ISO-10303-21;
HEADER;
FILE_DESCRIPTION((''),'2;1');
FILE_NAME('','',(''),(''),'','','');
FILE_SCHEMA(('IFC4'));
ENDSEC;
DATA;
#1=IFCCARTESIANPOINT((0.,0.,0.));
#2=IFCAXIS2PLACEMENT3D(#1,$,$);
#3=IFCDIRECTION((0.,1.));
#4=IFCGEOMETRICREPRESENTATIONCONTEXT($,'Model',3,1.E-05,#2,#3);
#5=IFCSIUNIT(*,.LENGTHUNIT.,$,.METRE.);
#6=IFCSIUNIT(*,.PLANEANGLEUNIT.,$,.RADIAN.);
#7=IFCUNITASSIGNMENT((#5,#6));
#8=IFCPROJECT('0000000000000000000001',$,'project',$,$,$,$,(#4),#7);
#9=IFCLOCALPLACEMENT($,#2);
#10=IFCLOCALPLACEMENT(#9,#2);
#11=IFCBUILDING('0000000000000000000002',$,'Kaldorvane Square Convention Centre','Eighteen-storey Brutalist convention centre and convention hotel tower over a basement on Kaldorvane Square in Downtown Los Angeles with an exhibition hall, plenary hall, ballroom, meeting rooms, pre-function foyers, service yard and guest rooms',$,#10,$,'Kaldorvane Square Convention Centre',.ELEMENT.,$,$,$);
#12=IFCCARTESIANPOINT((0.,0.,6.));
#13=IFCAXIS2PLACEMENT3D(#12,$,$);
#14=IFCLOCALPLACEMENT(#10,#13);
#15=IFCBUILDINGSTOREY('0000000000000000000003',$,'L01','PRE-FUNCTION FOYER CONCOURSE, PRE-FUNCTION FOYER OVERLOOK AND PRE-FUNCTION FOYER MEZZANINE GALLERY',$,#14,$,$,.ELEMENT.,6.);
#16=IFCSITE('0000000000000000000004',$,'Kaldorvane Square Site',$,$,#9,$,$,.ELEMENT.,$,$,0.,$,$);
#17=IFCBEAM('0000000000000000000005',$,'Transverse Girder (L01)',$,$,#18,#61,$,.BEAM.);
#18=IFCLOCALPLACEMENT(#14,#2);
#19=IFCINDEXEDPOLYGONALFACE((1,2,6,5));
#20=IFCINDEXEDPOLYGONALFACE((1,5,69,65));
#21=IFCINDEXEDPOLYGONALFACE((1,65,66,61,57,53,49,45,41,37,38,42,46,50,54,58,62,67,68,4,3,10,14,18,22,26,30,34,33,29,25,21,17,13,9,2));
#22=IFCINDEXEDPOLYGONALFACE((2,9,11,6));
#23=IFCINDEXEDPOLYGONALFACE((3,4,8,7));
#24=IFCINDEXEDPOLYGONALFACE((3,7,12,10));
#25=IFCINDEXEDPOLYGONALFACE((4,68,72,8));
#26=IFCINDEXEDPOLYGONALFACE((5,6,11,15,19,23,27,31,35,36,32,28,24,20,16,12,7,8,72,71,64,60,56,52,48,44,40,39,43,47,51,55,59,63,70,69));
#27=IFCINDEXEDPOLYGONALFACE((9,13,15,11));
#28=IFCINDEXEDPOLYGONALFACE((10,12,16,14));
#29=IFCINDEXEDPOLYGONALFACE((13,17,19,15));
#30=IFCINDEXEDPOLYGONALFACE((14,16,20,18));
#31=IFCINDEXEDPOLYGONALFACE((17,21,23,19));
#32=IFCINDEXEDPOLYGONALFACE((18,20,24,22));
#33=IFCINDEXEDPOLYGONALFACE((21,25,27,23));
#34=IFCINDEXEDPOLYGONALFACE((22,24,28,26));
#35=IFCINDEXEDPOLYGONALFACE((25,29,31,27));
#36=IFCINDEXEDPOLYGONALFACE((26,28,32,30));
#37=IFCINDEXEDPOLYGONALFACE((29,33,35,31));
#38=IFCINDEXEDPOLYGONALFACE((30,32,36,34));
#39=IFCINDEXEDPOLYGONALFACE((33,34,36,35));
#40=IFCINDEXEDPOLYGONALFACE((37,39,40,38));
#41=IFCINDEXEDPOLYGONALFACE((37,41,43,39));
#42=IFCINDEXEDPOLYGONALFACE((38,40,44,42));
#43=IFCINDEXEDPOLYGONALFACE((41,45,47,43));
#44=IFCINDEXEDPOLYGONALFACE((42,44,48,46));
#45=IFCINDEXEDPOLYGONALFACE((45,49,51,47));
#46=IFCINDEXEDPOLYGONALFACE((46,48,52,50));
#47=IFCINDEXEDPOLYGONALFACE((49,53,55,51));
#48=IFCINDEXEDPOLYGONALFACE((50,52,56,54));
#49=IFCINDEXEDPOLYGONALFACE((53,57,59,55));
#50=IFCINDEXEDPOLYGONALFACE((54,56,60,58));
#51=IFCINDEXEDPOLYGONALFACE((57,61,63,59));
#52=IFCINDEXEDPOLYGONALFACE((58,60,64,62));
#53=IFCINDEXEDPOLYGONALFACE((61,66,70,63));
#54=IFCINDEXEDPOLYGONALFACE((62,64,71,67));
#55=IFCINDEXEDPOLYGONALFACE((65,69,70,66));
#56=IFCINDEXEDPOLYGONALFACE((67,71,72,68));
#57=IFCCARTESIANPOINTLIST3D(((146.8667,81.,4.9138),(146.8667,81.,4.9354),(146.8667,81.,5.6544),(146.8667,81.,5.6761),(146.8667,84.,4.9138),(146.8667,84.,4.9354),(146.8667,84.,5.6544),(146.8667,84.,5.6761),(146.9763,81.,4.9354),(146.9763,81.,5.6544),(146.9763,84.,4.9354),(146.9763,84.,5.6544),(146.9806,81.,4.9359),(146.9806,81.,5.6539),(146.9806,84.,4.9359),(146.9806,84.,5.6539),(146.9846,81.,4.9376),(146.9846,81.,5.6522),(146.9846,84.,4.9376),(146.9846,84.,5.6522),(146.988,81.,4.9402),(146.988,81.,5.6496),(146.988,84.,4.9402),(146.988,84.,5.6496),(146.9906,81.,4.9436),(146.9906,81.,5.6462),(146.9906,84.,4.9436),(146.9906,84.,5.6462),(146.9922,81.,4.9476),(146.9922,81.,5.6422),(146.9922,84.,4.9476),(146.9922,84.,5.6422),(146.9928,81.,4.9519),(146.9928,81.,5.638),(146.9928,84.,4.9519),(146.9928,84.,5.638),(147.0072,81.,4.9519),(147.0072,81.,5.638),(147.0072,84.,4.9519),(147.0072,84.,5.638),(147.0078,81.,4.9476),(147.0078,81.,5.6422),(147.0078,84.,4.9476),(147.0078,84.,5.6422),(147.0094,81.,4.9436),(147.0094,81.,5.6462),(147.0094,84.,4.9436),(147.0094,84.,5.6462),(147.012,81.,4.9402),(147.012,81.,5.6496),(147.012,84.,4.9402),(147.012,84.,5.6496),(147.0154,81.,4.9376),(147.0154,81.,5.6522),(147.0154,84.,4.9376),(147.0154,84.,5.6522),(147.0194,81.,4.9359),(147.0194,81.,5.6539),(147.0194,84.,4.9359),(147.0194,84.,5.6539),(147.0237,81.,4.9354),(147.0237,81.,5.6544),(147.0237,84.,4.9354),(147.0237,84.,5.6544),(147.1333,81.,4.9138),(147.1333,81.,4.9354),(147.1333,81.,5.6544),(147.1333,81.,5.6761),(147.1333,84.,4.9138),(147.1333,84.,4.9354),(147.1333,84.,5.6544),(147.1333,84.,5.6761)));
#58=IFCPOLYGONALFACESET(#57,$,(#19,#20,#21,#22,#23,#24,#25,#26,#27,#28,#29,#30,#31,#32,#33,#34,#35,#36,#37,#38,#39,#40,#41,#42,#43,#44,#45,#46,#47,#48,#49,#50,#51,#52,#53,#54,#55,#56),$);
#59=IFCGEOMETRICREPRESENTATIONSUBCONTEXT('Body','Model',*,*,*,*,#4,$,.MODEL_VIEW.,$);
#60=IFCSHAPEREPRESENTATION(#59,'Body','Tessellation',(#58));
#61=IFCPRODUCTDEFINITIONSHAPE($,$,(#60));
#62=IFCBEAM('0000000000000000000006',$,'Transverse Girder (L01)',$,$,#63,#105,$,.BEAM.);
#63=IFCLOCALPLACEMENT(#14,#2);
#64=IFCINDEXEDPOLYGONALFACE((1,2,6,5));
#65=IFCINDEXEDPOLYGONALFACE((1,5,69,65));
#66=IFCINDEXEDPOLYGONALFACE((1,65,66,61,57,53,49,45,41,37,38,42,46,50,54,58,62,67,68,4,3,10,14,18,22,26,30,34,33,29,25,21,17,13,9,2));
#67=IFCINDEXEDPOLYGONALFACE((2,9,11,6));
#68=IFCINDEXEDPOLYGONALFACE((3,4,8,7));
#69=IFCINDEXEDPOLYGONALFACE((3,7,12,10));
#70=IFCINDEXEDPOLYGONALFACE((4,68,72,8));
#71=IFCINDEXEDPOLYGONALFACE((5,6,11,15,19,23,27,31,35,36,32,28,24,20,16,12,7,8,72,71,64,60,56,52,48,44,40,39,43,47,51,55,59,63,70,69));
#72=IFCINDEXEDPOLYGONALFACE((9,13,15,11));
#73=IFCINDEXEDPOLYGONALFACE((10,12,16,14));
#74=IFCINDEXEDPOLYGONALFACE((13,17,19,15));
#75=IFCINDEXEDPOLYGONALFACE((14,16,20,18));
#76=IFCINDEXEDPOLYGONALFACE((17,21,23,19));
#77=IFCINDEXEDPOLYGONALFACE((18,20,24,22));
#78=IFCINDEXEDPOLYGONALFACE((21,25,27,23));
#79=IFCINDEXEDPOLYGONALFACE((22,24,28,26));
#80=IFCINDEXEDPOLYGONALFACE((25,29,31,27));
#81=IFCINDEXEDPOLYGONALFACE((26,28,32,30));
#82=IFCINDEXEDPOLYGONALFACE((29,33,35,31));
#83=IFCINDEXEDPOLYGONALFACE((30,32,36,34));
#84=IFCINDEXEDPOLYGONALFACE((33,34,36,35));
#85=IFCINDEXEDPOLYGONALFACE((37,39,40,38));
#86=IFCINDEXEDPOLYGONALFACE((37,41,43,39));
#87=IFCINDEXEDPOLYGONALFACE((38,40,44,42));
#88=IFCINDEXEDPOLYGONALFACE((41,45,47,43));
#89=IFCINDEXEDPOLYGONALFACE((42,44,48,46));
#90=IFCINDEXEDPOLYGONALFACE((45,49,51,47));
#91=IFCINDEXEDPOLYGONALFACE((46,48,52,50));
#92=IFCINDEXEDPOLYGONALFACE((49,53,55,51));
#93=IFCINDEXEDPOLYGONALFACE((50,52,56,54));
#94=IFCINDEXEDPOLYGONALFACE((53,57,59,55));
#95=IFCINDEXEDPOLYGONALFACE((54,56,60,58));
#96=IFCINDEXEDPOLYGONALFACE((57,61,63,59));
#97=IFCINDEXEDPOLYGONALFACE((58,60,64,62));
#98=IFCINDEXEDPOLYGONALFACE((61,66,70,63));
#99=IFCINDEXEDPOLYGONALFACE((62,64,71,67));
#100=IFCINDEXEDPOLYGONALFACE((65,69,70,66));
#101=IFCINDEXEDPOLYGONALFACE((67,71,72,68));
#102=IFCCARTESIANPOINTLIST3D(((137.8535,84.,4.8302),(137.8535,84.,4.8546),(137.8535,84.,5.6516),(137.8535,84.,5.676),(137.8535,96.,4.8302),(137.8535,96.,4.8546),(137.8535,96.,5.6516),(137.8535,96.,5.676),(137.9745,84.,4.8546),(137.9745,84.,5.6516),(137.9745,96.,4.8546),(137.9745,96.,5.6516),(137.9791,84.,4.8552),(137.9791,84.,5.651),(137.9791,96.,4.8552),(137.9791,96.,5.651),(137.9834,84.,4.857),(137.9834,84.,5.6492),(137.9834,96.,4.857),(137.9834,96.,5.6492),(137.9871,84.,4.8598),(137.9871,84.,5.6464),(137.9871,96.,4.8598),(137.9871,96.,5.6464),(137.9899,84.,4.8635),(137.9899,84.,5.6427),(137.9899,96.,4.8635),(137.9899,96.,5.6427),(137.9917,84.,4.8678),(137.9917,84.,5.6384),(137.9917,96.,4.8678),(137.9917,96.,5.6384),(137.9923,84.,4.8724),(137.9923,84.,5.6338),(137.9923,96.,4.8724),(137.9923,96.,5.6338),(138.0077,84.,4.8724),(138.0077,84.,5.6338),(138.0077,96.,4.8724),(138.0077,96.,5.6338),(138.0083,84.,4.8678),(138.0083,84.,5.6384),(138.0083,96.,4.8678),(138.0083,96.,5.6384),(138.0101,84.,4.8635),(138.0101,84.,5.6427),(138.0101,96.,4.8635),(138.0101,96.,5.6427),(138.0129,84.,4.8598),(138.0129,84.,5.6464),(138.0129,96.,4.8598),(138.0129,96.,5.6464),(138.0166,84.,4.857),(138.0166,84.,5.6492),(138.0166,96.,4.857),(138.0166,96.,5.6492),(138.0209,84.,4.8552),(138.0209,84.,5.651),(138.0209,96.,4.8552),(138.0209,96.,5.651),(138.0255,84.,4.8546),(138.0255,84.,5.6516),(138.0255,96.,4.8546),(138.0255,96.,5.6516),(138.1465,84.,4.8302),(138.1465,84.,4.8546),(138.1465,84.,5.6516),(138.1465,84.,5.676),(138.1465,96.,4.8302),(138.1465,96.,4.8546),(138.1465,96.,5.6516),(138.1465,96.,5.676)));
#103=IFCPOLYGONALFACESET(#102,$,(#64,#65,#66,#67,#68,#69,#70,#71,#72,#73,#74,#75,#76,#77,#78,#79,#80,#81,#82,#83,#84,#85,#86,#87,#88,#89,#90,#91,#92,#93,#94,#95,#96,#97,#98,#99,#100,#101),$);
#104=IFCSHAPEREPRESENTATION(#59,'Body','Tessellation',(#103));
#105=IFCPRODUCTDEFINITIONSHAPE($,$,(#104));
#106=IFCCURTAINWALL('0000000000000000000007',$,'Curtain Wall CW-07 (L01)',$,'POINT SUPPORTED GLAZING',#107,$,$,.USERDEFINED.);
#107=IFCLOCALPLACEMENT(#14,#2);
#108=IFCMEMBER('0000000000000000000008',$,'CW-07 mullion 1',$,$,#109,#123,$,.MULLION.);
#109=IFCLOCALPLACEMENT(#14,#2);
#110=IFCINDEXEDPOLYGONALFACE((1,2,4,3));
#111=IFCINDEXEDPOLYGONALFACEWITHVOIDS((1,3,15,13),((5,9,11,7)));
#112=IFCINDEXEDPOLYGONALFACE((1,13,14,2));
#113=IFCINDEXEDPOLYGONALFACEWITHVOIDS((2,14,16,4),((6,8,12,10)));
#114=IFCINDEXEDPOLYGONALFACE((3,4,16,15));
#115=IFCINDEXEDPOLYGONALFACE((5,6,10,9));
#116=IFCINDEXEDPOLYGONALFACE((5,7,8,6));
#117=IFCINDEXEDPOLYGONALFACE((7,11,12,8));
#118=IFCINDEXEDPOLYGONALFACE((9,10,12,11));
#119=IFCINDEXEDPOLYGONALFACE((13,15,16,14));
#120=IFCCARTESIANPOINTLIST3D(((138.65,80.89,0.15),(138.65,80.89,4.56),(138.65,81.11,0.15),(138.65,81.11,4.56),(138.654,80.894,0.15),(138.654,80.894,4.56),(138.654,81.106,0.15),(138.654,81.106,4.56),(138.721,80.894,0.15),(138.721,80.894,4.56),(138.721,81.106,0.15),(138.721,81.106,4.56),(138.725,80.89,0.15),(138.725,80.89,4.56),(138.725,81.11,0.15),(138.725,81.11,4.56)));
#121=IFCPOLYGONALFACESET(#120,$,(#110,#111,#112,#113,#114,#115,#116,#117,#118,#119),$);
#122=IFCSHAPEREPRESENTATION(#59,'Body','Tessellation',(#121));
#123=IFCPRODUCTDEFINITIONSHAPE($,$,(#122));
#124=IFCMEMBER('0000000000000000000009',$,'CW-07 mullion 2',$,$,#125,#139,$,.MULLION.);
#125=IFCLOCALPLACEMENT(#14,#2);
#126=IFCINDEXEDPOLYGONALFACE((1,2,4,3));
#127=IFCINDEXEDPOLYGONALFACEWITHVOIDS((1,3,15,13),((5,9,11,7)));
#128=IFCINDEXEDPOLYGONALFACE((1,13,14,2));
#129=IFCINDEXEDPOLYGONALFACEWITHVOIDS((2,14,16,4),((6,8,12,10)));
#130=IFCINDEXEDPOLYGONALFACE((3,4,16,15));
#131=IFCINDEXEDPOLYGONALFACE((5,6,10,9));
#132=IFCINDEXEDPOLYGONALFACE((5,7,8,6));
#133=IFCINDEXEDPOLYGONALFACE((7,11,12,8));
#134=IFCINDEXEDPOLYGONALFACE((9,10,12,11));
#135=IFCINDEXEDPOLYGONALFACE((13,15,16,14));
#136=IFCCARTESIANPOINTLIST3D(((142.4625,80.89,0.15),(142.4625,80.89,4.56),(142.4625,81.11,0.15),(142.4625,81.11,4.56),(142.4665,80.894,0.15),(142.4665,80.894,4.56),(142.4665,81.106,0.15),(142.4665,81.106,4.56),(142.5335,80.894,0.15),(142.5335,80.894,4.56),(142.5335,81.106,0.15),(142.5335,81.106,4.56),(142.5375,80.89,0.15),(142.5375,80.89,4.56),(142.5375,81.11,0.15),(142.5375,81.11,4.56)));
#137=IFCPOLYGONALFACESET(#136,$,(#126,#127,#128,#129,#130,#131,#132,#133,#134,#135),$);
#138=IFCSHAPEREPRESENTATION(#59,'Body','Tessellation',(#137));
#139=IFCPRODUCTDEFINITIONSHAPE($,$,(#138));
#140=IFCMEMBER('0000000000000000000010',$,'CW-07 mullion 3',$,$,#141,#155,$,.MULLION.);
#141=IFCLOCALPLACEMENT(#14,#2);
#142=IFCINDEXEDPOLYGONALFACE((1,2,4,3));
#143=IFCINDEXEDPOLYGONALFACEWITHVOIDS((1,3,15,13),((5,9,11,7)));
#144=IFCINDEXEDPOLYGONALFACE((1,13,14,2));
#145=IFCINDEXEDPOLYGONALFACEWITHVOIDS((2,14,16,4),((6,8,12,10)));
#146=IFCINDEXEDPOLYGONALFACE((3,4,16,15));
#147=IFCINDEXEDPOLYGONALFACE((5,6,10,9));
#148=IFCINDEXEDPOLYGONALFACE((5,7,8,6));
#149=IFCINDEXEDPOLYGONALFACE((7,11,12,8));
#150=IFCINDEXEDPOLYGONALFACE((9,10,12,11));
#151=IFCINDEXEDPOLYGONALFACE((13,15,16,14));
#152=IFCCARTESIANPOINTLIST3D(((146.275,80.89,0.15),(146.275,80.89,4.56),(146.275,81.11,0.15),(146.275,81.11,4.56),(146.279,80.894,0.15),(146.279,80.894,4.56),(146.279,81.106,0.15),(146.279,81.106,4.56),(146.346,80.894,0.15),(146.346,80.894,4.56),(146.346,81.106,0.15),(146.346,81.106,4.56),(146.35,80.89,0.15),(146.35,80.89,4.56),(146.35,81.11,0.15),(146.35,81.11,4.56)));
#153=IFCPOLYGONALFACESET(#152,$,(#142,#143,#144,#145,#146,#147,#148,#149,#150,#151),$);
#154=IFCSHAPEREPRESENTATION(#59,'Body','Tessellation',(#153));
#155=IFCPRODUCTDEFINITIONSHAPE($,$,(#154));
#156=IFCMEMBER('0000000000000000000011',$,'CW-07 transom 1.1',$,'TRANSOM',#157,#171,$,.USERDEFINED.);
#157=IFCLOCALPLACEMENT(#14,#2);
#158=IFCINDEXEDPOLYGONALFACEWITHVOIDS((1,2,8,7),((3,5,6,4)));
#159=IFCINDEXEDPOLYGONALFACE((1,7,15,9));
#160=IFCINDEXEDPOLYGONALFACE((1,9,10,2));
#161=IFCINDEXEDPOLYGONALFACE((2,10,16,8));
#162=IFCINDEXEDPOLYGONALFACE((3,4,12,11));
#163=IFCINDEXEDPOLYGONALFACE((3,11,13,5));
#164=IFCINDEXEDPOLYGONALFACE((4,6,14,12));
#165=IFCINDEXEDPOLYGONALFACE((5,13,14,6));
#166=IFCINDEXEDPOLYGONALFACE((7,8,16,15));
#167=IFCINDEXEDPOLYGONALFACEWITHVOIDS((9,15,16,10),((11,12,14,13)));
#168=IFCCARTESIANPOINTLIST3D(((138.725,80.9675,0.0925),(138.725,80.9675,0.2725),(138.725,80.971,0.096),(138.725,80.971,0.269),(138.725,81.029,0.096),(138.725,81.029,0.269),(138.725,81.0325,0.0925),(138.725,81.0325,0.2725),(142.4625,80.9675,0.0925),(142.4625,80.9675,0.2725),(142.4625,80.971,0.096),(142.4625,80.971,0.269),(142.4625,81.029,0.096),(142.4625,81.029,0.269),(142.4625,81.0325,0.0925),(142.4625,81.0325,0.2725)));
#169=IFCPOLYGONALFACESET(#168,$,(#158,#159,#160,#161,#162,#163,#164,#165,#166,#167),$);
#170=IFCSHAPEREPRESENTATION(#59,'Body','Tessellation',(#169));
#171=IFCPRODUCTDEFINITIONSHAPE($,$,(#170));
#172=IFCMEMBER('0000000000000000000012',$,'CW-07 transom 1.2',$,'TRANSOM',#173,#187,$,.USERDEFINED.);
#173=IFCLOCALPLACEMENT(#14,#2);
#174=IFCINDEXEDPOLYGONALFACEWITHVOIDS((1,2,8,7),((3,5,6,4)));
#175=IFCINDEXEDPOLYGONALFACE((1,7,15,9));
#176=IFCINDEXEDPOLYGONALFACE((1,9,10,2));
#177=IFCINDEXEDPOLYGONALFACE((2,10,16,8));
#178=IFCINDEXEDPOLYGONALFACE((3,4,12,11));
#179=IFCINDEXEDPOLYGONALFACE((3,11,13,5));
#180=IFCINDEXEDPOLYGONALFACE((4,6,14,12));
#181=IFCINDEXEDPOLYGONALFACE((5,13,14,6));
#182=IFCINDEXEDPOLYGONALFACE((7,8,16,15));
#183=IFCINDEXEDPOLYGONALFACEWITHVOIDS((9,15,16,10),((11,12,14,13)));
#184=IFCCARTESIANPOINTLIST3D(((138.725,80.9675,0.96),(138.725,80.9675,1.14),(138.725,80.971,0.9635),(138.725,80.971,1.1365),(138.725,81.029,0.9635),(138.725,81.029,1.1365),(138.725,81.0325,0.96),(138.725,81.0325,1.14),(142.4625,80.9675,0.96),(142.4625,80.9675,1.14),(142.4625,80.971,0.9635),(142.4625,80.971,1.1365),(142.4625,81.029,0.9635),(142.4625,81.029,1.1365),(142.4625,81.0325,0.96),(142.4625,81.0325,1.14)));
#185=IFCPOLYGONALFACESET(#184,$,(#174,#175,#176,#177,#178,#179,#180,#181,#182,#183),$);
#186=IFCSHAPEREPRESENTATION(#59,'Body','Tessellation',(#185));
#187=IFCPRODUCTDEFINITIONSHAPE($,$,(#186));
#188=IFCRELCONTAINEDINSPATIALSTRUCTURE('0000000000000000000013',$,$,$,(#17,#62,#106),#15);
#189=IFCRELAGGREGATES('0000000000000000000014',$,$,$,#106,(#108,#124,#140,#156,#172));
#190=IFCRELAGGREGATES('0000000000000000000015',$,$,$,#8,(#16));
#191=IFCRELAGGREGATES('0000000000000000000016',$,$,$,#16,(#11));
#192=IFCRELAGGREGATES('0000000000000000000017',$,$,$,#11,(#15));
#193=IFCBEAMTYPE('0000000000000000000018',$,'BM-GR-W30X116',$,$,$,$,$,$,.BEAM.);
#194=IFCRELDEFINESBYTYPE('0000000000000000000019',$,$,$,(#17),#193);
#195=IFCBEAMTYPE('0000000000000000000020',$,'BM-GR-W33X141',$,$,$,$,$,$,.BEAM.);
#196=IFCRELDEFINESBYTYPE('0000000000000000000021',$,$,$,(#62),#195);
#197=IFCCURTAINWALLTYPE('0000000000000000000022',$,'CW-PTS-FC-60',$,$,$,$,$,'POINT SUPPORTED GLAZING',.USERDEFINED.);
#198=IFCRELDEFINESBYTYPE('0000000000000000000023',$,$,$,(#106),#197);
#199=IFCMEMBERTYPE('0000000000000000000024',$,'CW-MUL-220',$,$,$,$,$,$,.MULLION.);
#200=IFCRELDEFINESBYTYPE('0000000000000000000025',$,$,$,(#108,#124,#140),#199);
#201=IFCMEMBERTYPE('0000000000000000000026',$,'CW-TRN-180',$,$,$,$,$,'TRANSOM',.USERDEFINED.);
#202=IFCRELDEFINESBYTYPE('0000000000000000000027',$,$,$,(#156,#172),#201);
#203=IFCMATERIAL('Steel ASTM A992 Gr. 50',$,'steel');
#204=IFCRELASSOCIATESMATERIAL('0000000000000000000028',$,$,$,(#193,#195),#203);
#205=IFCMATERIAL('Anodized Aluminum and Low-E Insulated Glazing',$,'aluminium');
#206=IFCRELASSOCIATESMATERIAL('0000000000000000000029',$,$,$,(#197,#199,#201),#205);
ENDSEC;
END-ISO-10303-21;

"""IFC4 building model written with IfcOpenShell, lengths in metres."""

from ifc_helpers import new_model, si_unit, direction, frame, origin, origin_2d, place, context, subcontext, project, spatial, hollow_rectangle, i_section, extrude, material, material_profile, profile_set, type_object, element, aggregate, save


model = new_model("IFC4")

# Units and contexts
model_context = context("Model", 3, precision=1e-05, world=origin(), true_north=direction((0.0, 1.0)))
body_context = subcontext(model_context, "Body", "Model", "MODEL_VIEW")
ifc_project = project(units=[si_unit("LENGTHUNIT", "METRE"), si_unit("PLANEANGLEUNIT", "RADIAN")], contexts=[model_context])

# Site, building, storey
site_placement = place(None, origin())
site = spatial("IfcSite", under=ifc_project, at=site_placement, Name="Kaldorvane Square Site", CompositionType="ELEMENT", RefElevation=0.0)
building_placement = place(site_placement, origin())
building = spatial("IfcBuilding", under=site, at=building_placement, Name="Kaldorvane Square Convention Centre", Description="Eighteen-storey Brutalist convention centre and convention hotel tower over a basement on Kaldorvane Square in Downtown Los Angeles with an exhibition hall, plenary hall, ballroom, meeting rooms, pre-function foyers, service yard and guest rooms", LongName="Kaldorvane Square Convention Centre", CompositionType="ELEMENT")
storey_placement = place(building_placement, frame((0.0, 0.0, 6.0)))
storey = spatial("IfcBuildingStorey", under=building, at=storey_placement, Name="L01", Description="PRE-FUNCTION FOYER CONCOURSE, PRE-FUNCTION FOYER OVERLOOK AND PRE-FUNCTION FOYER MEZZANINE GALLERY", CompositionType="ELEMENT", Elevation=6.0)

# Shared definitions
ifc_material_1 = material(Name="Steel ASTM A992 Gr. 50", Category="steel")

# Beams
ifc_material_profile_1 = material_profile(ifc_material_1, i_section(OverallWidth=0.2666, OverallDepth=0.7623, WebThickness=0.0144, FlangeThickness=0.0216, FilletRadius=0.0165, at=origin_2d()), Name="W30X116")
ifc_profile_set_1 = profile_set([ifc_material_profile_1], Name="Steel ASTM A992 Gr. 50")
beam_type_1 = type_object("IfcBeamType", Name="BM-GR-W30X116", PredefinedType="BEAM", material=ifc_profile_set_1)
beam_1_placement = place(storey_placement, frame((147.0, 81.0, 5.2949), z_axis=(0.0, 1.0, 0.0), x_axis=(-1.0, 0.0, 0.0)))
element("IfcBeam", 1, at=beam_1_placement, inside=storey, type_object=beam_type_1, Name="Transverse Girder (L01)", PredefinedType="BEAM", context=body_context, shape_type="SweptSolid", body=[
    extrude(i_section(OverallWidth=0.2666, OverallDepth=0.7623, WebThickness=0.0144, FlangeThickness=0.0216, FilletRadius=0.0165, at=origin_2d()), origin(), (0.0, 0.0, 1.0), 3.0),
])
ifc_material_profile_2 = material_profile(ifc_material_1, i_section(OverallWidth=0.293, OverallDepth=0.8458, WebThickness=0.0154, FlangeThickness=0.0244, FilletRadius=0.0178, at=origin_2d()), Name="W33X141")
ifc_profile_set_2 = profile_set([ifc_material_profile_2], Name="Steel ASTM A992 Gr. 50")
beam_type_2 = type_object("IfcBeamType", Name="BM-GR-W33X141", PredefinedType="BEAM", material=ifc_profile_set_2)
beam_2_placement = place(storey_placement, frame((138.0, 84.0, 5.2531), z_axis=(0.0, 1.0, 0.0), x_axis=(-1.0, 0.0, 0.0)))
element("IfcBeam", 2, at=beam_2_placement, inside=storey, type_object=beam_type_2, Name="Transverse Girder (L01)", PredefinedType="BEAM", context=body_context, shape_type="SweptSolid", body=[
    extrude(i_section(OverallWidth=0.293, OverallDepth=0.8458, WebThickness=0.0154, FlangeThickness=0.0244, FilletRadius=0.0178, at=origin_2d()), origin(), (0.0, 0.0, 1.0), 12.0),
])

# Curtain wall, members
ifc_material_2 = material(Name="Anodized Aluminum and Low-E Insulated Glazing", Category="aluminium")
curtain_wall_type = type_object("IfcCurtainWallType", Name="CW-PTS-FC-60", ElementType="POINT SUPPORTED GLAZING", PredefinedType="USERDEFINED", material=ifc_material_2)
curtain_wall_placement = place(storey_placement, origin())
curtain_wall = element("IfcCurtainWall", 3, at=curtain_wall_placement, inside=storey, type_object=curtain_wall_type, Name="Curtain Wall CW-07 (L01)", ObjectType="POINT SUPPORTED GLAZING", PredefinedType="USERDEFINED")
ifc_material_profile_3 = material_profile(ifc_material_2, hollow_rectangle(XDim=0.075, YDim=0.22, WallThickness=0.004, at=origin_2d()), Name="CWM-220X75")
ifc_profile_set_3 = profile_set([ifc_material_profile_3], Name="Anodized Aluminum and Low-E Insulated Glazing")
member_type_1 = type_object("IfcMemberType", Name="CW-MUL-220", PredefinedType="MULLION", material=ifc_profile_set_3)
member_1_placement = place(storey_placement, frame((138.6875, 81.0, 0.15), z_axis=(0.0, 0.0, 1.0), x_axis=(1.0, 0.0, 0.0)))
member_1 = element("IfcMember", 4, at=member_1_placement, type_object=member_type_1, Name="CW-07 mullion 1", PredefinedType="MULLION", context=body_context, shape_type="SweptSolid", body=[
    extrude(hollow_rectangle(XDim=0.075, YDim=0.22, WallThickness=0.004, at=origin_2d()), origin(), (0.0, 0.0, 1.0), 4.41),
])
member_2_placement = place(storey_placement, frame((142.5, 81.0, 0.15), z_axis=(0.0, 0.0, 1.0), x_axis=(1.0, 0.0, 0.0)))
member_2 = element("IfcMember", 5, at=member_2_placement, type_object=member_type_1, Name="CW-07 mullion 2", PredefinedType="MULLION", context=body_context, shape_type="SweptSolid", body=[
    extrude(hollow_rectangle(XDim=0.075, YDim=0.22, WallThickness=0.004, at=origin_2d()), origin(), (0.0, 0.0, 1.0), 4.41),
])
member_3_placement = place(storey_placement, frame((146.3125, 81.0, 0.15), z_axis=(0.0, 0.0, 1.0), x_axis=(1.0, 0.0, 0.0)))
member_3 = element("IfcMember", 6, at=member_3_placement, type_object=member_type_1, Name="CW-07 mullion 3", PredefinedType="MULLION", context=body_context, shape_type="SweptSolid", body=[
    extrude(hollow_rectangle(XDim=0.075, YDim=0.22, WallThickness=0.004, at=origin_2d()), origin(), (0.0, 0.0, 1.0), 4.41),
])
ifc_material_profile_4 = material_profile(ifc_material_2, hollow_rectangle(XDim=0.065, YDim=0.18, WallThickness=0.0035, at=origin_2d()), Name="CWT-180X65")
ifc_profile_set_4 = profile_set([ifc_material_profile_4], Name="Anodized Aluminum and Low-E Insulated Glazing")
member_type_2 = type_object("IfcMemberType", Name="CW-TRN-180", ElementType="TRANSOM", PredefinedType="USERDEFINED", material=ifc_profile_set_4)
member_4_placement = place(storey_placement, frame((138.725, 81.0, 0.1825), z_axis=(1.0, 0.0, 0.0), x_axis=(0.0, 1.0, 0.0)))
member_4 = element("IfcMember", 7, at=member_4_placement, type_object=member_type_2, Name="CW-07 transom 1.1", ObjectType="TRANSOM", PredefinedType="USERDEFINED", context=body_context, shape_type="SweptSolid", body=[
    extrude(hollow_rectangle(XDim=0.065, YDim=0.18, WallThickness=0.0035, at=origin_2d()), origin(), (0.0, 0.0, 1.0), 3.7375),
])
member_5_placement = place(storey_placement, frame((138.725, 81.0, 1.05), z_axis=(1.0, 0.0, 0.0), x_axis=(0.0, 1.0, 0.0)))
member_5 = element("IfcMember", 8, at=member_5_placement, type_object=member_type_2, Name="CW-07 transom 1.2", ObjectType="TRANSOM", PredefinedType="USERDEFINED", context=body_context, shape_type="SweptSolid", body=[
    extrude(hollow_rectangle(XDim=0.065, YDim=0.18, WallThickness=0.0035, at=origin_2d()), origin(), (0.0, 0.0, 1.0), 3.7375),
])
aggregate(curtain_wall, [member_1, member_2, member_3, member_4, member_5])

save(model, "model.ifc")
